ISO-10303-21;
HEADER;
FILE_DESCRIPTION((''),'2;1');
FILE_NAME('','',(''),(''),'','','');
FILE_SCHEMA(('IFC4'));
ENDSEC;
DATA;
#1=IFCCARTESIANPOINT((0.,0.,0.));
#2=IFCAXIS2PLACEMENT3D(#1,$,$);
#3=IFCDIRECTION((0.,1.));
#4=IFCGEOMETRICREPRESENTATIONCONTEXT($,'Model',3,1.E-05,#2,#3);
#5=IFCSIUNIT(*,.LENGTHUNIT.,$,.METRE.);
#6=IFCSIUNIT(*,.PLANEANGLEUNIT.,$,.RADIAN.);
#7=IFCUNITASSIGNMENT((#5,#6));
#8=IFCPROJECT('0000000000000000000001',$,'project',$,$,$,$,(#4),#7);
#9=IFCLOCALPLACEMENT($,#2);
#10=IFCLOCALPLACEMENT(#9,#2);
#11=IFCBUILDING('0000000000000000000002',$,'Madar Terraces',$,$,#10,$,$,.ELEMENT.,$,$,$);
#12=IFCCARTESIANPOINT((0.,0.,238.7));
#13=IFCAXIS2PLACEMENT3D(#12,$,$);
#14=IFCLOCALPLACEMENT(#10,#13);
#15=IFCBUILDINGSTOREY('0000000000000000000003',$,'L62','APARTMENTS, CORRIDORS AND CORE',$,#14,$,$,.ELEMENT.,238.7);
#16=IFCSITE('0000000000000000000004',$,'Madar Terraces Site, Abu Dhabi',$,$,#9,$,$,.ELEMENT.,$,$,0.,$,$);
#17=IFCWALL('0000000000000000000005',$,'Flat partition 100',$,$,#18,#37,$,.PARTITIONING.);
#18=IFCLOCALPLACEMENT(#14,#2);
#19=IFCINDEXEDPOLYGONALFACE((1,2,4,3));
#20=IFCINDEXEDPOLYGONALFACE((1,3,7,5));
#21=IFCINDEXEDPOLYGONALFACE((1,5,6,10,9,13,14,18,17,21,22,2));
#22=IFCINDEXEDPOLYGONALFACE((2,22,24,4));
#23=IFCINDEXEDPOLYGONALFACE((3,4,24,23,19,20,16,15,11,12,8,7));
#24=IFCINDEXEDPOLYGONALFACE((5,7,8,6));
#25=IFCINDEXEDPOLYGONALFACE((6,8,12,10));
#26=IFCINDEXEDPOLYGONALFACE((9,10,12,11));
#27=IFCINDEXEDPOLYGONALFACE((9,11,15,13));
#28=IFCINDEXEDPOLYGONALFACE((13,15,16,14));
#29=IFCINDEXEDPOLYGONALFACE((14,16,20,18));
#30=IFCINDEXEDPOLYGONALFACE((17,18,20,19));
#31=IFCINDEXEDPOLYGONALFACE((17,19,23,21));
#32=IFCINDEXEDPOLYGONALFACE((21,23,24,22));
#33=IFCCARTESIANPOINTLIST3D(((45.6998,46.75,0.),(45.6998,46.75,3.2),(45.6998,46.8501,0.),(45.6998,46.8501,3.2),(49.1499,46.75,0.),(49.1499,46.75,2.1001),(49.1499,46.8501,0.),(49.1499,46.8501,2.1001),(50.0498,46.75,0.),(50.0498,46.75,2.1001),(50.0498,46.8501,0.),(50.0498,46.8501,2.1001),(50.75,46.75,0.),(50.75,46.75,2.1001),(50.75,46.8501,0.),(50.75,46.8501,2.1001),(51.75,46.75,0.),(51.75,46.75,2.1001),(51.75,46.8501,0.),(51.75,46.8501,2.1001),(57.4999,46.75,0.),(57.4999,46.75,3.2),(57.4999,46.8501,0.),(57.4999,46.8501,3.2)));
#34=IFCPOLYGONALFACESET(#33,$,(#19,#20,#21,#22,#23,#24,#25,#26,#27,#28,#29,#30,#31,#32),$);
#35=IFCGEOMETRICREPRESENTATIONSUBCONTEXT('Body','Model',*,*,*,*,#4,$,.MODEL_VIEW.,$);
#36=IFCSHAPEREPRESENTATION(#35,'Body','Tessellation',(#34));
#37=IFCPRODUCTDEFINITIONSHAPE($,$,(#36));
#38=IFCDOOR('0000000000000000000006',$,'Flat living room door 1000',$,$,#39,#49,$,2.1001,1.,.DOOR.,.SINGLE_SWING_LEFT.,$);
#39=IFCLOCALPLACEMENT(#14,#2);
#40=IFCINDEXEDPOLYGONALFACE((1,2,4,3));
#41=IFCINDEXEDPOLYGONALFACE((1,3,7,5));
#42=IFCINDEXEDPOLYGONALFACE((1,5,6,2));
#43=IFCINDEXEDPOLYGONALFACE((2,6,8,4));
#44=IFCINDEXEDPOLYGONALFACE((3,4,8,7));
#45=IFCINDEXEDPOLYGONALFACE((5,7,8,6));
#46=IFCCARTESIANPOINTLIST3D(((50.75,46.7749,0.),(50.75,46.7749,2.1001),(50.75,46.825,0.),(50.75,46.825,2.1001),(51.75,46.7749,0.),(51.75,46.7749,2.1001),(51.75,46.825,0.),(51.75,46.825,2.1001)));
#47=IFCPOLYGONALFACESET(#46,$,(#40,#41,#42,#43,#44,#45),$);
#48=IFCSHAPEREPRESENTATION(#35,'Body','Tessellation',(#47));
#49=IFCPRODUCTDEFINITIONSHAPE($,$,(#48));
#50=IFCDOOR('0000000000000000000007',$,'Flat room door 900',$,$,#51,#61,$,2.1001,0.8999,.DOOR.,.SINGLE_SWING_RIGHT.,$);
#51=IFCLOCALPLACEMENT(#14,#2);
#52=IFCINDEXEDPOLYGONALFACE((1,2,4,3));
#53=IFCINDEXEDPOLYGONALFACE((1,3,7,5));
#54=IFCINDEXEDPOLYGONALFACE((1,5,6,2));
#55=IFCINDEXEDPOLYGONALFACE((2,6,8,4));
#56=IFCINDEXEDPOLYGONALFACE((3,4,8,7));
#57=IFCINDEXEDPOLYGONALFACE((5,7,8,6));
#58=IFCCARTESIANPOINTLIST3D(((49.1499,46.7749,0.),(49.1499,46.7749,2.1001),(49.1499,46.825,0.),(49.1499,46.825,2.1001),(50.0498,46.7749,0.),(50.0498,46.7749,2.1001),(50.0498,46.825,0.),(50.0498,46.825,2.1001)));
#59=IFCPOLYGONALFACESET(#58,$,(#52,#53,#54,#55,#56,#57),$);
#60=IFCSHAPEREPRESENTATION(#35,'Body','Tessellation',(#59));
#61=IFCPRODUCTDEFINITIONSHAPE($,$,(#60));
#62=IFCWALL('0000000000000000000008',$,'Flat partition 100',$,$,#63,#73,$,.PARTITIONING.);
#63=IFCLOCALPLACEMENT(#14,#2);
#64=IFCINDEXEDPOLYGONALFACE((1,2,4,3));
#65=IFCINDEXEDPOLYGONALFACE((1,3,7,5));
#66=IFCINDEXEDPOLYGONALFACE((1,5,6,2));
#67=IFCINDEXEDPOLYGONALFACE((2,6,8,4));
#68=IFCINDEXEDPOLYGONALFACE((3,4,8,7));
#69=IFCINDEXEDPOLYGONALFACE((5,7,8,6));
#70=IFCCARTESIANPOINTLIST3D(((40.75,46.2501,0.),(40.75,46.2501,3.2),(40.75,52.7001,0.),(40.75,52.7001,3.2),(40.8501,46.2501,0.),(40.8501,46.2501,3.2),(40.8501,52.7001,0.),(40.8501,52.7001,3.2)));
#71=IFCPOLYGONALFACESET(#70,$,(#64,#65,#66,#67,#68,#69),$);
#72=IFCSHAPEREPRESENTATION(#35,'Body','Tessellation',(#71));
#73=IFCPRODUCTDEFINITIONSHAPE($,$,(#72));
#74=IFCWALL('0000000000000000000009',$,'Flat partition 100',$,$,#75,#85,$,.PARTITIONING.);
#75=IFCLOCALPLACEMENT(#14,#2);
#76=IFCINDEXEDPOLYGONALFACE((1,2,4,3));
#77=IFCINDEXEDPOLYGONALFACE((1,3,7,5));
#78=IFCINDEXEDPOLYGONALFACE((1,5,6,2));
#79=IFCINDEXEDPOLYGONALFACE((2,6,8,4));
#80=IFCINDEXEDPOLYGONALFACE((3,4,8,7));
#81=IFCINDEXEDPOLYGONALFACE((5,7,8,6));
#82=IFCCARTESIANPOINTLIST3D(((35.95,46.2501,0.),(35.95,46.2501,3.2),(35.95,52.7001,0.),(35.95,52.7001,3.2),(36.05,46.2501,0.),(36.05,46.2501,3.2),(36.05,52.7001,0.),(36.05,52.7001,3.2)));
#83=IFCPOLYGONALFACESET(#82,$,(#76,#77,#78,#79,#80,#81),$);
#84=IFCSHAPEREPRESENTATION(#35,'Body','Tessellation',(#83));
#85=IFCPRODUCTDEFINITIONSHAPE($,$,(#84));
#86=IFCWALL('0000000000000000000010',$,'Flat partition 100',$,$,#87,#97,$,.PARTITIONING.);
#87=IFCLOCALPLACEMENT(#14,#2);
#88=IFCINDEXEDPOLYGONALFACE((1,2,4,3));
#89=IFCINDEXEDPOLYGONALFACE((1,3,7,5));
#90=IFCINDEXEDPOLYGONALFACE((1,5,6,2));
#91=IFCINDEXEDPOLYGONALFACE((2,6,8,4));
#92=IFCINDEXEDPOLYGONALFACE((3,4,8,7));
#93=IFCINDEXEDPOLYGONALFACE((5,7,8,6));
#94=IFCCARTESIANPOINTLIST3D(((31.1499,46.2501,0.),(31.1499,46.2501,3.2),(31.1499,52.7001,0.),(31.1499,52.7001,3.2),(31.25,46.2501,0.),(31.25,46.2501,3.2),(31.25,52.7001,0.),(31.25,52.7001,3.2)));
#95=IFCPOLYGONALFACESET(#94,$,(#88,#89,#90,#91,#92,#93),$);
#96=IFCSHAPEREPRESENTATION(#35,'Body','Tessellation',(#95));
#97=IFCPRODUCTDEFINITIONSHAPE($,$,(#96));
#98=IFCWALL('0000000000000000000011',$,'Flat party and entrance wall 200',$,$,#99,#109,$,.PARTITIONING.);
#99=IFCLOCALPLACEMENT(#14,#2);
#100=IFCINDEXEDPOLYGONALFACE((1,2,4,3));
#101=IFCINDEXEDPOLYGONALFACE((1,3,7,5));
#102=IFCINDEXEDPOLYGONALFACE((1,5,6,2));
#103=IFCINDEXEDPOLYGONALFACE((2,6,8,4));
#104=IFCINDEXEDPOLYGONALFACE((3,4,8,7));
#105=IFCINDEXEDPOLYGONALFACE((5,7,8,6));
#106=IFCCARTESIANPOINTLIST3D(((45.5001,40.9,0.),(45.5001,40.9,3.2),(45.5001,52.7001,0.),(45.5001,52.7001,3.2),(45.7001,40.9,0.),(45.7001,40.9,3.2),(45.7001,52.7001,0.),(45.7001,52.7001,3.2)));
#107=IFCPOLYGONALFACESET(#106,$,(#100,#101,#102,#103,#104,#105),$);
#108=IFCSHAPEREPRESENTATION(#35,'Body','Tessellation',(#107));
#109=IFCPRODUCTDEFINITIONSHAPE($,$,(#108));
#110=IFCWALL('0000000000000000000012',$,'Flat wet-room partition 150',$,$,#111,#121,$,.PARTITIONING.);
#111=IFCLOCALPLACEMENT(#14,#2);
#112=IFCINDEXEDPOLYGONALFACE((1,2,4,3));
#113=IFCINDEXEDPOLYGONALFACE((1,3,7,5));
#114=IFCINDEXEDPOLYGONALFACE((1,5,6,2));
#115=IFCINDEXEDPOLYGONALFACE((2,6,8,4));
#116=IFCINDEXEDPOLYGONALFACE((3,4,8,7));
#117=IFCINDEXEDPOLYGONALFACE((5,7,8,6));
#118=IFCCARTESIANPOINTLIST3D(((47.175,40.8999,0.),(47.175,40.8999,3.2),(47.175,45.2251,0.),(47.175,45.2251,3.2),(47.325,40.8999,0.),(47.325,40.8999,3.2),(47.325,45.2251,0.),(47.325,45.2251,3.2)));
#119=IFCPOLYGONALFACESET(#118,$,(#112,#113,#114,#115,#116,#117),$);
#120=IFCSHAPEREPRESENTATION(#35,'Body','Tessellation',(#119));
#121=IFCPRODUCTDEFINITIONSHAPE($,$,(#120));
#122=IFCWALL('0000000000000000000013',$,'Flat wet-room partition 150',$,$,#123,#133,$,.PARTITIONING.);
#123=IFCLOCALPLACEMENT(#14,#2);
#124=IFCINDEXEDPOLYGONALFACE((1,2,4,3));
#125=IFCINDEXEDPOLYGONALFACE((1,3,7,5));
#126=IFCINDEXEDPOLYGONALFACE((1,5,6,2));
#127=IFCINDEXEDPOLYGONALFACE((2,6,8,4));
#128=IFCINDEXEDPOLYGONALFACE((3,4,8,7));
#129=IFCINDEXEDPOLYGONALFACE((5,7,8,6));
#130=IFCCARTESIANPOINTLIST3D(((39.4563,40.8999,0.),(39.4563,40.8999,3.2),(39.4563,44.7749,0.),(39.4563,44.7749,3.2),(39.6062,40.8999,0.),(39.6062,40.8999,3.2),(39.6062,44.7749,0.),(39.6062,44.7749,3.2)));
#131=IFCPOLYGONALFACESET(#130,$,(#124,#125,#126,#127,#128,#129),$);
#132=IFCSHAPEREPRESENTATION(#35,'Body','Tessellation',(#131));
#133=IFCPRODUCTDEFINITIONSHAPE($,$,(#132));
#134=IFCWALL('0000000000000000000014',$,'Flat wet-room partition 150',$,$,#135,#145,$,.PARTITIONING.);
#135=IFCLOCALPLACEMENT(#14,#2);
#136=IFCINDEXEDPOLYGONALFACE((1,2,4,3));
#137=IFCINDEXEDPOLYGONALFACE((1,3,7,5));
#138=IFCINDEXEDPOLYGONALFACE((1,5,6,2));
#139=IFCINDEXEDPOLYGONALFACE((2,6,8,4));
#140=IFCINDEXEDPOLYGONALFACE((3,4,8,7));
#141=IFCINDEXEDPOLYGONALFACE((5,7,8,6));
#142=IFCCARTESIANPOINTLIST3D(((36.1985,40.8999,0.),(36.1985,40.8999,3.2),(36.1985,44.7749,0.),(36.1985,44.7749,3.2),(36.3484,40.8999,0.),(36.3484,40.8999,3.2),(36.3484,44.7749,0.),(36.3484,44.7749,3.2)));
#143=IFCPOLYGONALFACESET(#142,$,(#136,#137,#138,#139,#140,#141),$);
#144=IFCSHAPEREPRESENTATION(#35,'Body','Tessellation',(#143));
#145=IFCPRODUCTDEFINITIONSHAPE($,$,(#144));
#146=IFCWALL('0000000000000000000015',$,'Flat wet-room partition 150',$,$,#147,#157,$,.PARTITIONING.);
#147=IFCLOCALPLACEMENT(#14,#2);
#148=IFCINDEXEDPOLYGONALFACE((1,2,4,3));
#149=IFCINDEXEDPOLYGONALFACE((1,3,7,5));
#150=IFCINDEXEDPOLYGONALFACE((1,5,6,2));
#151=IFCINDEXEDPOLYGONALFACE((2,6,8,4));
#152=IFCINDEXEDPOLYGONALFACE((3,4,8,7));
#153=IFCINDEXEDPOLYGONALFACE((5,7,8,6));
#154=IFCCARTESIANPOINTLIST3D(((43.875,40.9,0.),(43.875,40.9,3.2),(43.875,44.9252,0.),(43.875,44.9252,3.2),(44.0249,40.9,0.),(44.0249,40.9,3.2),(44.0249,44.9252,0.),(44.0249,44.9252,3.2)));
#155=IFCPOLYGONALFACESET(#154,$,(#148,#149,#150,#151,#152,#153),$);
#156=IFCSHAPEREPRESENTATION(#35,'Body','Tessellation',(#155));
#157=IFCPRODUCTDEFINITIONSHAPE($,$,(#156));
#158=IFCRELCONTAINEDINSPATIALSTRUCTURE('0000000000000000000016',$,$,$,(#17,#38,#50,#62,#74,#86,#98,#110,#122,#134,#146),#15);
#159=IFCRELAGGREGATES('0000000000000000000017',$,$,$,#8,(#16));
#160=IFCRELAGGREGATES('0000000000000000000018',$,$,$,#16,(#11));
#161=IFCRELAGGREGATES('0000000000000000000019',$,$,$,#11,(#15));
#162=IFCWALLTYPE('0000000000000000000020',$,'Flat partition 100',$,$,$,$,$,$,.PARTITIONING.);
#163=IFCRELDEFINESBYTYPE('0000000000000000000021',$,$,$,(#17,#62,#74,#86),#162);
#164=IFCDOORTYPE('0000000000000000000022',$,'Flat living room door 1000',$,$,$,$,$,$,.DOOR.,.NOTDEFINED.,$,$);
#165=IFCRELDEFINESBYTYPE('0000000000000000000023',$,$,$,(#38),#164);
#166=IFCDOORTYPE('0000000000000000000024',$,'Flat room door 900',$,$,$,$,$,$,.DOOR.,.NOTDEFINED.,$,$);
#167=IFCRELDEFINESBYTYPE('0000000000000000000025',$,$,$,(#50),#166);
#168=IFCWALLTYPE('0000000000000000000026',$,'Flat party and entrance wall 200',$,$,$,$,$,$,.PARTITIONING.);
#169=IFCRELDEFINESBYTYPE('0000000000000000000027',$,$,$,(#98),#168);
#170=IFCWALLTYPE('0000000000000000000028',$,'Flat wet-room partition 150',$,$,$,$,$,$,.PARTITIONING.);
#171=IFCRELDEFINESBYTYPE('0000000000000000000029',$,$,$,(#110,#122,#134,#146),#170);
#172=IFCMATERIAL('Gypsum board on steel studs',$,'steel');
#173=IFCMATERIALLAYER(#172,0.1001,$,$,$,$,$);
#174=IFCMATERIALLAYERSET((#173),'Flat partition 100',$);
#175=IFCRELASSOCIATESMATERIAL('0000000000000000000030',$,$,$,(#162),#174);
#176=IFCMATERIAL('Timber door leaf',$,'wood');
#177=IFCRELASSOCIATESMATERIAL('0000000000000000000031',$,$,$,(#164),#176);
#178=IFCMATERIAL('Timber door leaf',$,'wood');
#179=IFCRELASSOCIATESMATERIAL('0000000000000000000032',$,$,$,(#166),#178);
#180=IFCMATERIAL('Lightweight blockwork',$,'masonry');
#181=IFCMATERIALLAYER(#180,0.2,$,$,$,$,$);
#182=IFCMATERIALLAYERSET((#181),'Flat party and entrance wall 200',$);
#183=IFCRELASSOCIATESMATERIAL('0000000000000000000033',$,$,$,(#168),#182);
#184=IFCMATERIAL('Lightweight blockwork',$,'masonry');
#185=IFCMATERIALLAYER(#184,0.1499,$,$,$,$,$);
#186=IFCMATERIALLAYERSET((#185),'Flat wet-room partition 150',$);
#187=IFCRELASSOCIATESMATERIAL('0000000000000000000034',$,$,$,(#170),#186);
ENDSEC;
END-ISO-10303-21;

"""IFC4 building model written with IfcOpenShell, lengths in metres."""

from ifc_helpers import new_model, si_unit, direction, frame, frame_2d, origin, place, context, subcontext, project, spatial, rectangle, extrude, material, layer, layer_set, type_object, element, fill, save


model = new_model("IFC4")

# Units and contexts
model_context = context("Model", 3, precision=1e-05, world=origin(), true_north=direction((0.0, 1.0)))
body_context = subcontext(model_context, "Body", "Model", "MODEL_VIEW")
ifc_project = project(units=[si_unit("LENGTHUNIT", "METRE"), si_unit("PLANEANGLEUNIT", "RADIAN")], contexts=[model_context])

# Site, building, storey
site_placement = place(None, origin())
site = spatial("IfcSite", under=ifc_project, at=site_placement, Name="Madar Terraces Site, Abu Dhabi", CompositionType="ELEMENT", RefElevation=0.0)
building_placement = place(site_placement, origin())
building = spatial("IfcBuilding", under=site, at=building_placement, Name="Madar Terraces", CompositionType="ELEMENT")
storey_placement = place(building_placement, frame((0.0, 0.0, 238.7)))
storey = spatial("IfcBuildingStorey", under=building, at=storey_placement, Name="L62", Description="APARTMENTS, CORRIDORS AND CORE", CompositionType="ELEMENT", Elevation=238.7)

# Wall, openings, doors
ifc_material_1 = material(Name="Gypsum board on steel studs", Category="steel")
ifc_layer_1 = layer(ifc_material_1, 0.1001)
ifc_layer_set_1 = layer_set([ifc_layer_1], Name="Flat partition 100")
wall_type_1 = type_object("IfcWallType", Name="Flat partition 100", PredefinedType="PARTITIONING", material=ifc_layer_set_1)
wall_1_placement = place(storey_placement, frame((45.7, 46.8, 0.0), z_axis=(0.0, 0.0, 1.0), x_axis=(1.0, 0.0, 0.0)))
wall_1 = element("IfcWall", 1, at=wall_1_placement, inside=storey, type_object=wall_type_1, Name="Flat partition 100", PredefinedType="PARTITIONING", context=body_context, shape_type="SweptSolid", body=[
    extrude(rectangle(XDim=11.8, YDim=0.1001, at=frame_2d((5.8999, 0.0))), origin(), (0.0, 0.0, 1.0), 3.2),
])
opening_1_placement = place(wall_1_placement, frame((3.45, 0.0, 0.0)))
opening_1 = element("IfcOpeningElement", 2, at=opening_1_placement, cuts=wall_1, PredefinedType="OPENING", context=body_context, shape_type="SweptSolid", body=[
    extrude(rectangle(XDim=0.8999, YDim=2.1001, at=frame_2d((0.45, 1.05))), frame((0.0, 0.0601, 0.0), z_axis=(0.0, -1.0, 0.0), x_axis=(1.0, 0.0, 0.0)), (0.0, 0.0, 1.0), 0.1201),
])
opening_2_placement = place(wall_1_placement, frame((5.05, 0.0, 0.0)))
opening_2 = element("IfcOpeningElement", 3, at=opening_2_placement, cuts=wall_1, PredefinedType="OPENING", context=body_context, shape_type="SweptSolid", body=[
    extrude(rectangle(XDim=1.0, YDim=2.1001, at=frame_2d((0.5, 1.05))), frame((0.0, 0.0601, 0.0), z_axis=(0.0, -1.0, 0.0), x_axis=(1.0, 0.0, 0.0)), (0.0, 0.0, 1.0), 0.1201),
])
ifc_material_2 = material(Name="Timber door leaf", Category="wood")
door_type_1 = type_object("IfcDoorType", Name="Flat living room door 1000", OperationType="NOTDEFINED", PredefinedType="DOOR", material=ifc_material_2)
door_1_placement = place(opening_2_placement, origin())
door_1 = element("IfcDoor", 4, at=door_1_placement, inside=storey, type_object=door_type_1, Name="Flat living room door 1000", OperationType="SINGLE_SWING_LEFT", OverallHeight=2.1001, OverallWidth=1.0, PredefinedType="DOOR", context=body_context, shape_type="SweptSolid", body=[
    extrude(rectangle(XDim=1.0, YDim=2.1001, at=frame_2d((0.5, 1.05))), frame((0.0, 0.0249, 0.0), z_axis=(0.0, -1.0, 0.0), x_axis=(1.0, 0.0, 0.0)), (0.0, 0.0, 1.0), 0.05),
])
fill(opening_2, door_1)
ifc_material_3 = material(Name="Timber door leaf", Category="wood")
door_type_2 = type_object("IfcDoorType", Name="Flat room door 900", OperationType="NOTDEFINED", PredefinedType="DOOR", material=ifc_material_3)
door_2_placement = place(opening_1_placement, origin())
door_2 = element("IfcDoor", 5, at=door_2_placement, inside=storey, type_object=door_type_2, Name="Flat room door 900", OperationType="SINGLE_SWING_RIGHT", OverallHeight=2.1001, OverallWidth=0.8999, PredefinedType="DOOR", context=body_context, shape_type="SweptSolid", body=[
    extrude(rectangle(XDim=0.8999, YDim=2.1001, at=frame_2d((0.45, 1.05))), frame((0.0, 0.0249, 0.0), z_axis=(0.0, -1.0, 0.0), x_axis=(1.0, 0.0, 0.0)), (0.0, 0.0, 1.0), 0.05),
])
fill(opening_1, door_2)

# Walls
for number, where, z_axis, x_axis, name in (
    (6, (40.8, 46.25, 0.0), (0.0, 0.0, 1.0), (0.0, 1.0, 0.0), "Flat partition 100"),
    (7, (36.0, 46.25, 0.0), (0.0, 0.0, 1.0), (0.0, 1.0, 0.0), "Flat partition 100"),
    (8, (31.2, 46.25, 0.0), (0.0, 0.0, 1.0), (0.0, 1.0, 0.0), "Flat partition 100"),
):
    element("IfcWall", number, at=place(storey_placement, frame(where, z_axis=z_axis, x_axis=x_axis)), inside=storey, type_object=wall_type_1, Name=name, PredefinedType="PARTITIONING", context=body_context, shape_type="SweptSolid", body=[
        extrude(rectangle(XDim=6.45, YDim=0.1001, at=frame_2d((3.2251, 0.0))), origin(), (0.0, 0.0, 1.0), 3.2),
    ])
ifc_material_4 = material(Name="Lightweight blockwork", Category="masonry")
ifc_layer_2 = layer(ifc_material_4, 0.2)
ifc_layer_set_2 = layer_set([ifc_layer_2], Name="Flat party and entrance wall 200")
wall_type_2 = type_object("IfcWallType", Name="Flat party and entrance wall 200", PredefinedType="PARTITIONING", material=ifc_layer_set_2)
wall_2_placement = place(storey_placement, frame((45.6001, 52.7, 0.0), z_axis=(0.0, 0.0, 1.0), x_axis=(0.0, -1.0, 0.0)))
element("IfcWall", 9, at=wall_2_placement, inside=storey, type_object=wall_type_2, Name="Flat party and entrance wall 200", PredefinedType="PARTITIONING", context=body_context, shape_type="SweptSolid", body=[
    extrude(rectangle(XDim=11.8, YDim=0.2, at=frame_2d((5.8999, 0.0))), origin(), (0.0, 0.0, 1.0), 3.2),
])
ifc_material_5 = material(Name="Lightweight blockwork", Category="masonry")
ifc_layer_3 = layer(ifc_material_5, 0.1499)
ifc_layer_set_3 = layer_set([ifc_layer_3], Name="Flat wet-room partition 150")
wall_type_3 = type_object("IfcWallType", Name="Flat wet-room partition 150", PredefinedType="PARTITIONING", material=ifc_layer_set_3)
wall_3_placement = place(storey_placement, frame((47.25, 40.8999, 0.0), z_axis=(0.0, 0.0, 1.0), x_axis=(0.0, 1.0, 0.0)))
element("IfcWall", 10, at=wall_3_placement, inside=storey, type_object=wall_type_3, Name="Flat wet-room partition 150", PredefinedType="PARTITIONING", context=body_context, shape_type="SweptSolid", body=[
    extrude(rectangle(XDim=4.3252, YDim=0.1499, at=frame_2d((2.1626, 0.0))), origin(), (0.0, 0.0, 1.0), 3.2),
])
for number, where, z_axis, x_axis, name in (
    (11, (39.5312, 40.8999, 0.0), (0.0, 0.0, 1.0), (0.0, 1.0, 0.0), "Flat wet-room partition 150"),
    (12, (36.2734, 40.8999, 0.0), (0.0, 0.0, 1.0), (0.0, 1.0, 0.0), "Flat wet-room partition 150"),
):
    element("IfcWall", number, at=place(storey_placement, frame(where, z_axis=z_axis, x_axis=x_axis)), inside=storey, type_object=wall_type_3, Name=name, PredefinedType="PARTITIONING", context=body_context, shape_type="SweptSolid", body=[
        extrude(rectangle(XDim=3.875, YDim=0.1499, at=frame_2d((1.9375, 0.0))), origin(), (0.0, 0.0, 1.0), 3.2),
    ])
wall_4_placement = place(storey_placement, frame((43.95, 40.8999, 0.0), z_axis=(0.0, 0.0, 1.0), x_axis=(0.0, 1.0, 0.0)))
element("IfcWall", 13, at=wall_4_placement, inside=storey, type_object=wall_type_3, Name="Flat wet-room partition 150", PredefinedType="PARTITIONING", context=body_context, shape_type="SweptSolid", body=[
    extrude(rectangle(XDim=4.0251, YDim=0.1499, at=frame_2d((2.0127, 0.0))), origin(), (0.0, 0.0, 1.0), 3.2),
])

save(model, "model.ifc")
